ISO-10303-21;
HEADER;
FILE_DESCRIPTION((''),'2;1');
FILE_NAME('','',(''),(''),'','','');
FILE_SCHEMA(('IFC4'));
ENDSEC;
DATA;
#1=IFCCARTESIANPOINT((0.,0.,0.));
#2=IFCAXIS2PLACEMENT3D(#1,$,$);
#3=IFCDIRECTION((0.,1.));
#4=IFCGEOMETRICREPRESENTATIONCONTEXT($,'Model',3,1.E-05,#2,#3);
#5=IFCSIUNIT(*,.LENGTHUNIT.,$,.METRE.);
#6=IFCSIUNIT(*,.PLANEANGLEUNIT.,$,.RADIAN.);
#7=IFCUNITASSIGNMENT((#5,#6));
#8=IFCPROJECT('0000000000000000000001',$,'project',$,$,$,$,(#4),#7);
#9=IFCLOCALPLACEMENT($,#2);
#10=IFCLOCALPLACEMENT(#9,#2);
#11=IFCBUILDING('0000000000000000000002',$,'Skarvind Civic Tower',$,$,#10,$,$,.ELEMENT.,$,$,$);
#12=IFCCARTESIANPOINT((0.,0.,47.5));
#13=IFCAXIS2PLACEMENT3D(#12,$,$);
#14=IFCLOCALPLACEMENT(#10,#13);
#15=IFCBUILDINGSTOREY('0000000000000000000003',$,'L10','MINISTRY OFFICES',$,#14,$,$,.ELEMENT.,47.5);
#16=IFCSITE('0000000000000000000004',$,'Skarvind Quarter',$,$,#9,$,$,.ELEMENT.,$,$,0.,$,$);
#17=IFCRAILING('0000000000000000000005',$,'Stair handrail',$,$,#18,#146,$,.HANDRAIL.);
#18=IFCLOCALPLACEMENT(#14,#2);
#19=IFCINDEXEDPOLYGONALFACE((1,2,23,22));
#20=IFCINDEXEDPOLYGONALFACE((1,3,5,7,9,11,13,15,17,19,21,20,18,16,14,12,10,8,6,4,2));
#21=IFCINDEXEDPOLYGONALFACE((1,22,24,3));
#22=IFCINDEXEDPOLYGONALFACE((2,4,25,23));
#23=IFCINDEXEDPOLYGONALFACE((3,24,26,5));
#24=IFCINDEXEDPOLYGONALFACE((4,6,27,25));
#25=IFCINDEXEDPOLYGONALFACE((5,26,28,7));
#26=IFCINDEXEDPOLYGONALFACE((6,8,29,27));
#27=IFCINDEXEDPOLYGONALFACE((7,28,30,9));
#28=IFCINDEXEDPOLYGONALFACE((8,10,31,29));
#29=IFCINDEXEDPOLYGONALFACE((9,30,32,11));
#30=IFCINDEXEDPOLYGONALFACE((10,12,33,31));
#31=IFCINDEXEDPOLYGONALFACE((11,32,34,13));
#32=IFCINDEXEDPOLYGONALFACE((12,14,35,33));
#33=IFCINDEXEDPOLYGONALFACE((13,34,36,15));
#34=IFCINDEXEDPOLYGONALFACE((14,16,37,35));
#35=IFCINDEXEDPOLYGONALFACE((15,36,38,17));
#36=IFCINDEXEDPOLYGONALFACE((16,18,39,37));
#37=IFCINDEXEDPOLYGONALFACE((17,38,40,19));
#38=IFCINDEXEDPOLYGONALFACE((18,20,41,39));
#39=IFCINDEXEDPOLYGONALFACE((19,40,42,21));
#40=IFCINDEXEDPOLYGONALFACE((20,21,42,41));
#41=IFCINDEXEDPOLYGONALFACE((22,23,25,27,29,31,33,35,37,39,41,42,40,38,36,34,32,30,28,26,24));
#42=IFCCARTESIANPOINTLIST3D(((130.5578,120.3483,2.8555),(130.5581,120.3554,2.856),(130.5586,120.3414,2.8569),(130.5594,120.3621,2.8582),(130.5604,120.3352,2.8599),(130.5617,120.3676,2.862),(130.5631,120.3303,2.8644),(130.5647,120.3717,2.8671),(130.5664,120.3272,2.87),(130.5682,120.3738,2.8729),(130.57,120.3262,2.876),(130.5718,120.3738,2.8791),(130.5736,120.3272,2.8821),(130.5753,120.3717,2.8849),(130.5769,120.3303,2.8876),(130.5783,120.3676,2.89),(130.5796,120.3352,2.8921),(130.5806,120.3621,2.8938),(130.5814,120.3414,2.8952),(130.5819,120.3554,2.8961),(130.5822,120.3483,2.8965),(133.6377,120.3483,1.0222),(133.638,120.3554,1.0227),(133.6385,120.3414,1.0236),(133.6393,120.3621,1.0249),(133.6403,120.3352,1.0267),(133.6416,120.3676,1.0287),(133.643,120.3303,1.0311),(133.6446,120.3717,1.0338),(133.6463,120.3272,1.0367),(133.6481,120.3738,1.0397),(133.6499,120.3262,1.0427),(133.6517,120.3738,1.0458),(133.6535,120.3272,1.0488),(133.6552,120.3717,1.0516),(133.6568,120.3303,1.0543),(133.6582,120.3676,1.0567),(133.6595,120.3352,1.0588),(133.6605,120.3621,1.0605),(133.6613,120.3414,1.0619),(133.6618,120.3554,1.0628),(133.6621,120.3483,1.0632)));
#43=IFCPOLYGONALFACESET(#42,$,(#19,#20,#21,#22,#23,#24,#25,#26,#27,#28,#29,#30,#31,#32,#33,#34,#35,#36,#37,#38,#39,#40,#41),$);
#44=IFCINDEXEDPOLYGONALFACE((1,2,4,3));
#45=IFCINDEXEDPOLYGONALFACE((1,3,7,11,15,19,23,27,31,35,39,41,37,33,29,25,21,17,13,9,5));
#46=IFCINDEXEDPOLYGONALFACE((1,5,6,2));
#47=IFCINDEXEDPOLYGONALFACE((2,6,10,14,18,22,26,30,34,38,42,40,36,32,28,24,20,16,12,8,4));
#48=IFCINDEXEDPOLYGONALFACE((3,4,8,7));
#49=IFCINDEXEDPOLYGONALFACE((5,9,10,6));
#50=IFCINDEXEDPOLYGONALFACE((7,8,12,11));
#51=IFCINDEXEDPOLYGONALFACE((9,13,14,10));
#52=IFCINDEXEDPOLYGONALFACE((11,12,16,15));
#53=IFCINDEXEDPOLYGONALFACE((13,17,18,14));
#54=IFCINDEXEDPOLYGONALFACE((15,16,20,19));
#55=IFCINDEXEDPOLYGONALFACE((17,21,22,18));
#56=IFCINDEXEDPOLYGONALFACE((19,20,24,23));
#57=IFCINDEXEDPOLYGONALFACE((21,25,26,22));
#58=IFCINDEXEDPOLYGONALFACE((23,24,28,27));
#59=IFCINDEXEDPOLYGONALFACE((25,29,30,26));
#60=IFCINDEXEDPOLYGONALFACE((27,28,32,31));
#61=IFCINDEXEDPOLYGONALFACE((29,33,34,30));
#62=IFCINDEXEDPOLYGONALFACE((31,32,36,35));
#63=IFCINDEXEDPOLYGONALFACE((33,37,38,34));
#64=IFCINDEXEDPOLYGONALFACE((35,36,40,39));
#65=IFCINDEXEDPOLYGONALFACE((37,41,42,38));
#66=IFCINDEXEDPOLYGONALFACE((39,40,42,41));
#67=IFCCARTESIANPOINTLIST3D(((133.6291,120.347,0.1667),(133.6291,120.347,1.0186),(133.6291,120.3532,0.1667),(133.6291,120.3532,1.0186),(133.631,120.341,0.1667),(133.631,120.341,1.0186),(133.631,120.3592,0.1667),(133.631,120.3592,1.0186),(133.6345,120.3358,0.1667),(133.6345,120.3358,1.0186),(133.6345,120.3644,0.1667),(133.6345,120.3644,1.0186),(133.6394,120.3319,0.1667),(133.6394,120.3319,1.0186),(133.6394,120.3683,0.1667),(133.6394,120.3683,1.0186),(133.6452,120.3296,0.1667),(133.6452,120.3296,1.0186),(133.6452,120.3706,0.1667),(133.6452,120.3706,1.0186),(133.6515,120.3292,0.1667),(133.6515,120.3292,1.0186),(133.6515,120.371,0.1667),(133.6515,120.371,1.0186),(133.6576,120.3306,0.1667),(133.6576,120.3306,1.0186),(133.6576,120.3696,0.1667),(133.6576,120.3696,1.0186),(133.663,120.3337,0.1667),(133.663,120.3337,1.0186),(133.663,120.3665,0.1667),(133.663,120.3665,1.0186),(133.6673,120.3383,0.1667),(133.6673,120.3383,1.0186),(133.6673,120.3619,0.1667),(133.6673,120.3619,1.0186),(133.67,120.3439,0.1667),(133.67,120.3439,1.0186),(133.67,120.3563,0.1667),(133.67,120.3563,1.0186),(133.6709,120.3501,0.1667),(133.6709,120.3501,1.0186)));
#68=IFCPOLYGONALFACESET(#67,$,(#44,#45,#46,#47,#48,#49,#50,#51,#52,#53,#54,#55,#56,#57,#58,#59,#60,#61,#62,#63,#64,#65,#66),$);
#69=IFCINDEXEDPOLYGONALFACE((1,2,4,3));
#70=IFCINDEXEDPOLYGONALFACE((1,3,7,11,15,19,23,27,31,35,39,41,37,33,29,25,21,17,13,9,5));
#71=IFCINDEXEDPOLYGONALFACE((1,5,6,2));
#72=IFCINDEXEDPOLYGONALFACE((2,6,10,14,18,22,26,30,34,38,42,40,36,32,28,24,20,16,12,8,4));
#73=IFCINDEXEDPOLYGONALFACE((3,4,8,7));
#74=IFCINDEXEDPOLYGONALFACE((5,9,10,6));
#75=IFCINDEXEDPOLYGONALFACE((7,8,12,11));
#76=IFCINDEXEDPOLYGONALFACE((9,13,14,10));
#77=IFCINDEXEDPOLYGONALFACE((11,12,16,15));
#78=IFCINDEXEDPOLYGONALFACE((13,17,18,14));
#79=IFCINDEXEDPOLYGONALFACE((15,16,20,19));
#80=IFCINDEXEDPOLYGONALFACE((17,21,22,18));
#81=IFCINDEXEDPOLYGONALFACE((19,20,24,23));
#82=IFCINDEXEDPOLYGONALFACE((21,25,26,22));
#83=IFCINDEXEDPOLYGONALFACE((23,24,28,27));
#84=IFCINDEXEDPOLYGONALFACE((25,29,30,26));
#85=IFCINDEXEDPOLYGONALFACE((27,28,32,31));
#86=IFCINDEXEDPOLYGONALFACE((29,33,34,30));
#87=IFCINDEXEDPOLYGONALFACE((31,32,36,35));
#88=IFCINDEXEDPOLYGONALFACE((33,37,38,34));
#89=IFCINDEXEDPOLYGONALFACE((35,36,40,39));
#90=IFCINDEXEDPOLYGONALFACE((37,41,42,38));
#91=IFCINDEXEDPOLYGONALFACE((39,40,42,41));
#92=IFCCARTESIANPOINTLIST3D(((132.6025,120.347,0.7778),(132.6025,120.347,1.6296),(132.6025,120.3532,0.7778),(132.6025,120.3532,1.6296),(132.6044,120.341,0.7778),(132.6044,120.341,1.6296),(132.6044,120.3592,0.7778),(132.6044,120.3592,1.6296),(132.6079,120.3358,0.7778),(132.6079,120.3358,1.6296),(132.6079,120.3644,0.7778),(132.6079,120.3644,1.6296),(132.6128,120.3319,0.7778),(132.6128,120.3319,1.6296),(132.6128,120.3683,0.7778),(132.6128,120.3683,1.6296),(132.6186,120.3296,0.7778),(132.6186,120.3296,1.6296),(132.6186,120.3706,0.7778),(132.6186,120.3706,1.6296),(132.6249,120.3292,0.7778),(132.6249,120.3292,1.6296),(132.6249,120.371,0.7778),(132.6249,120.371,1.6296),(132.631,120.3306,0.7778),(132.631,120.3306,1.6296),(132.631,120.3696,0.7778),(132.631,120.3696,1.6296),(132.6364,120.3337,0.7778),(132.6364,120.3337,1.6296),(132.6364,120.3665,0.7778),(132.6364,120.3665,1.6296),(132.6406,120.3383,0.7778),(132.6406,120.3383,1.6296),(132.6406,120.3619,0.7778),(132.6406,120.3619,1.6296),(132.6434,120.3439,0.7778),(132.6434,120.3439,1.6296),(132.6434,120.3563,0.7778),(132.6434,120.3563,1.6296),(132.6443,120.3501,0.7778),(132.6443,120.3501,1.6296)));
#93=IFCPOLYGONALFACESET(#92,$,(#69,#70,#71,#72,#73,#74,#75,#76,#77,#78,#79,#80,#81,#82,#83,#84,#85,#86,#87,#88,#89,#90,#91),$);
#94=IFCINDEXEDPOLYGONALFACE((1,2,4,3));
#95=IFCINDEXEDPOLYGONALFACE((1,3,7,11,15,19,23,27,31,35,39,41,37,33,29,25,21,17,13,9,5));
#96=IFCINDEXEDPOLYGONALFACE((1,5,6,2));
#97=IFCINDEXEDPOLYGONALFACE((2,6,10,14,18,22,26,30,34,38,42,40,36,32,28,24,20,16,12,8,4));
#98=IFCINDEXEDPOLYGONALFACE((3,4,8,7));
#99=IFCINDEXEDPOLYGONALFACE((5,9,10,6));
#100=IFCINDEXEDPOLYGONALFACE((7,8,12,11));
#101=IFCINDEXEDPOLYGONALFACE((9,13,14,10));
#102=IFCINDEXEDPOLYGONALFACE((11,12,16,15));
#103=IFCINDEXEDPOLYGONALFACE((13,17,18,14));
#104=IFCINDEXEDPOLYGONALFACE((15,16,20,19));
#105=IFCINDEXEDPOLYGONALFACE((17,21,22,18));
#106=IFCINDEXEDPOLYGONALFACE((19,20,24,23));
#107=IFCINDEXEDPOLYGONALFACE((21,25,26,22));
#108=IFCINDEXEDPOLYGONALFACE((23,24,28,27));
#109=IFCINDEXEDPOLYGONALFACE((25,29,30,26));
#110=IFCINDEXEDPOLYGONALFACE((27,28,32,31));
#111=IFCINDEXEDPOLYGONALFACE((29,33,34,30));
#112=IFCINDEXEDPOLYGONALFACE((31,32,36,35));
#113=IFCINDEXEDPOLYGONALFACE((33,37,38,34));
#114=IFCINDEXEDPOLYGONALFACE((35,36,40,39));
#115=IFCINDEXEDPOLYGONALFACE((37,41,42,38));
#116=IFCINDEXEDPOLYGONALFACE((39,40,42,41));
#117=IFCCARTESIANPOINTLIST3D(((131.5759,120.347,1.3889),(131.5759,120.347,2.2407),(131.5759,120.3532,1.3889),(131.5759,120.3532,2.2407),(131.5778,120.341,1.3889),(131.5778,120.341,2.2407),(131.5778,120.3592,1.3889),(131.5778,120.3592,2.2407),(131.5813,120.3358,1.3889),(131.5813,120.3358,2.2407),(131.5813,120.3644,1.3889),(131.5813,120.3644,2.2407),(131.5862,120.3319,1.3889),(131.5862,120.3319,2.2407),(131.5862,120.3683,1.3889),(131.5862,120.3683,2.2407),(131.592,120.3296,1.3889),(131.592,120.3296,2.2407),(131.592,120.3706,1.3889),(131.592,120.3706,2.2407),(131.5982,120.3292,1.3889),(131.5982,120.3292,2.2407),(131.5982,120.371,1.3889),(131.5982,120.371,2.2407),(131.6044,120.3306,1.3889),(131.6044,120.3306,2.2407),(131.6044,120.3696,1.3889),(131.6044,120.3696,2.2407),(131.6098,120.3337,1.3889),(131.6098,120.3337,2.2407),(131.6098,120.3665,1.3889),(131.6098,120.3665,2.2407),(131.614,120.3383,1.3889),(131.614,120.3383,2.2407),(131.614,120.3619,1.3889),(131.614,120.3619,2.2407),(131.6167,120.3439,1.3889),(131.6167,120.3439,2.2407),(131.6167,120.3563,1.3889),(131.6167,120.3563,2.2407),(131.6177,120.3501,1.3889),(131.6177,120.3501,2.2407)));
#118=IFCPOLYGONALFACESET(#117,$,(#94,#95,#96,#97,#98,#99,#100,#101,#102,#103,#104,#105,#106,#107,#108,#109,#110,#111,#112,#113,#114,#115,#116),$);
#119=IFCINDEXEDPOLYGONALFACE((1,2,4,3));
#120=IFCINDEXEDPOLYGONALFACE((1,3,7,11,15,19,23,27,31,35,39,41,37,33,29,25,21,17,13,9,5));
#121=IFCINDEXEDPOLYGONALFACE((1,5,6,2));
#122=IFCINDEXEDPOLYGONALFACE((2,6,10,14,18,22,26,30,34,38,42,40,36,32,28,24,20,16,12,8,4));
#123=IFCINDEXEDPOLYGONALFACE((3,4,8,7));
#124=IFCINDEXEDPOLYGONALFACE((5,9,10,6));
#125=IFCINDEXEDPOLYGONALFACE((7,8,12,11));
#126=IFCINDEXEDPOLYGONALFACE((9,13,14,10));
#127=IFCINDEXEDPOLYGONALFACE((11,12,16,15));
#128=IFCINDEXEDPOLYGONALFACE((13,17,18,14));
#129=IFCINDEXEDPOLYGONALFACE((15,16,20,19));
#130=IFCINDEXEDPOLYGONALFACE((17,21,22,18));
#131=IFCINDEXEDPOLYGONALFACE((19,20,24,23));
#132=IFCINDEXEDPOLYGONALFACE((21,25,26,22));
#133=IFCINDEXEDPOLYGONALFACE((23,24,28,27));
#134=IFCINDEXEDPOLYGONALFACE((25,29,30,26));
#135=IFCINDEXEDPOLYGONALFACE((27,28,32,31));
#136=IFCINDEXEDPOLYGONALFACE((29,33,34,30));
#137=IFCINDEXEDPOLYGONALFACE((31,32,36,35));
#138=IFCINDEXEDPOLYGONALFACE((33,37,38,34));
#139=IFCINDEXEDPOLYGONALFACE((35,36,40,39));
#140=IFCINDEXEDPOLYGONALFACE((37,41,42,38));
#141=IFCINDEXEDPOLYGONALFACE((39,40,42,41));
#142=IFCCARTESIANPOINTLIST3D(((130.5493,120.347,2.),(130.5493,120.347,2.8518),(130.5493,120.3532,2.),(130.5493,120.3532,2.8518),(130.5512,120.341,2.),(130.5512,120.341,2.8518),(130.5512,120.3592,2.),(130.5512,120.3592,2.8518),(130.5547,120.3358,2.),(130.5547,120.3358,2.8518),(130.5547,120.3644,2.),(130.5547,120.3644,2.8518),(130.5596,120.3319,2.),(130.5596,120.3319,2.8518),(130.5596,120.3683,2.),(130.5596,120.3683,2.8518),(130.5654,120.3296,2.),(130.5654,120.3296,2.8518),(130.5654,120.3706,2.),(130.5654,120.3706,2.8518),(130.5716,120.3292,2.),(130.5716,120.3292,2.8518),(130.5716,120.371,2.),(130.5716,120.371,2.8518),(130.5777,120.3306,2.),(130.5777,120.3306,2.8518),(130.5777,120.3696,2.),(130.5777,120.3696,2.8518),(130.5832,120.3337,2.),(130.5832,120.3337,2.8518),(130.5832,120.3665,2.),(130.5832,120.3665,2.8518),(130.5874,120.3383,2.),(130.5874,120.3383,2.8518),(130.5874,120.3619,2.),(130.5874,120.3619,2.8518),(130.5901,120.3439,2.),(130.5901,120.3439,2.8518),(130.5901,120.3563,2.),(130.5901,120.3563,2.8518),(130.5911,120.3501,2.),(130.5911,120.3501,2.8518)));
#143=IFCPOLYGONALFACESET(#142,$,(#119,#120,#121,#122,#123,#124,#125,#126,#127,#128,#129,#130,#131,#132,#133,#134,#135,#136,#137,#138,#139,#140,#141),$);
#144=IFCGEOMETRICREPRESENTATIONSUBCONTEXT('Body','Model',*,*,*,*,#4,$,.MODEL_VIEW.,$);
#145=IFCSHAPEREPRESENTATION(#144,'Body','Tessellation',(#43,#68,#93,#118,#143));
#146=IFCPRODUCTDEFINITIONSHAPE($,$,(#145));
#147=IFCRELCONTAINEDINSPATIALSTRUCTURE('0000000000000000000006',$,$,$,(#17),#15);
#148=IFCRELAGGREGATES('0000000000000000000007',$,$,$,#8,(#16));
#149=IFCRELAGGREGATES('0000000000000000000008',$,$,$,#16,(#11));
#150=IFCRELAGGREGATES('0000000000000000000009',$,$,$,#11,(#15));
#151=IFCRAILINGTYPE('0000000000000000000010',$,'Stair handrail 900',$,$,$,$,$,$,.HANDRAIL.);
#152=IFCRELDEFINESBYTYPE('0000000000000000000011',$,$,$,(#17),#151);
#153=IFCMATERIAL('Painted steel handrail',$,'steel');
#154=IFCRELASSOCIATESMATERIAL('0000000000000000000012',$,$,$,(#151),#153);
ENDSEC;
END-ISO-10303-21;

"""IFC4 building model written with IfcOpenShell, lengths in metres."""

from ifc_helpers import new_model, si_unit, direction, frame, origin, origin_2d, place, context, subcontext, project, spatial, circle, extrude, material, type_object, element, save


model = new_model("IFC4")

# Units and contexts
model_context = context("Model", 3, precision=1e-05, world=origin(), true_north=direction((0.0, 1.0)))
body_context = subcontext(model_context, "Body", "Model", "MODEL_VIEW")
ifc_project = project(units=[si_unit("LENGTHUNIT", "METRE"), si_unit("PLANEANGLEUNIT", "RADIAN")], contexts=[model_context])

# Site, building, storey
site_placement = place(None, origin())
site = spatial("IfcSite", under=ifc_project, at=site_placement, Name="Skarvind Quarter", CompositionType="ELEMENT", RefElevation=0.0)
building_placement = place(site_placement, origin())
building = spatial("IfcBuilding", under=site, at=building_placement, Name="Skarvind Civic Tower", CompositionType="ELEMENT")
storey_placement = place(building_placement, frame((0.0, 0.0, 47.5)))
storey = spatial("IfcBuildingStorey", under=building, at=storey_placement, Name="L10", Description="MINISTRY OFFICES", CompositionType="ELEMENT", Elevation=47.5)

# Railing
ifc_material_1 = material(Name="Painted steel handrail", Category="steel")
railing_type = type_object("IfcRailingType", Name="Stair handrail 900", PredefinedType="HANDRAIL", material=ifc_material_1)
railing_1_placement = place(storey_placement, frame((133.6499, 120.3501, 0.1667)))
element("IfcRailing", 1, at=railing_1_placement, inside=storey, type_object=railing_type, Name="Stair handrail", PredefinedType="HANDRAIL", context=body_context, shape_type="SweptSolid", body=[
    extrude(circle(Radius=0.0239, at=origin_2d()), frame((0.0, 0.0, 0.876), z_axis=(-0.859291, 0.0, 0.511487), x_axis=(0.0, -1.0, 0.0)), (0.0, 0.0, 1.0), 3.5842),
    extrude(circle(Radius=0.021, at=origin_2d()), origin(), (0.0, 0.0, 1.0), 0.8518),
    extrude(circle(Radius=0.021, at=origin_2d()), frame((-1.0266, 0.0, 0.6111)), (0.0, 0.0, 1.0), 0.8518),
    extrude(circle(Radius=0.021, at=origin_2d()), frame((-2.0532, 0.0, 1.2222)), (0.0, 0.0, 1.0), 0.8518),
    extrude(circle(Radius=0.021, at=origin_2d()), frame((-3.0798, 0.0, 1.8333)), (0.0, 0.0, 1.0), 0.8518),
])

save(model, "model.ifc")
